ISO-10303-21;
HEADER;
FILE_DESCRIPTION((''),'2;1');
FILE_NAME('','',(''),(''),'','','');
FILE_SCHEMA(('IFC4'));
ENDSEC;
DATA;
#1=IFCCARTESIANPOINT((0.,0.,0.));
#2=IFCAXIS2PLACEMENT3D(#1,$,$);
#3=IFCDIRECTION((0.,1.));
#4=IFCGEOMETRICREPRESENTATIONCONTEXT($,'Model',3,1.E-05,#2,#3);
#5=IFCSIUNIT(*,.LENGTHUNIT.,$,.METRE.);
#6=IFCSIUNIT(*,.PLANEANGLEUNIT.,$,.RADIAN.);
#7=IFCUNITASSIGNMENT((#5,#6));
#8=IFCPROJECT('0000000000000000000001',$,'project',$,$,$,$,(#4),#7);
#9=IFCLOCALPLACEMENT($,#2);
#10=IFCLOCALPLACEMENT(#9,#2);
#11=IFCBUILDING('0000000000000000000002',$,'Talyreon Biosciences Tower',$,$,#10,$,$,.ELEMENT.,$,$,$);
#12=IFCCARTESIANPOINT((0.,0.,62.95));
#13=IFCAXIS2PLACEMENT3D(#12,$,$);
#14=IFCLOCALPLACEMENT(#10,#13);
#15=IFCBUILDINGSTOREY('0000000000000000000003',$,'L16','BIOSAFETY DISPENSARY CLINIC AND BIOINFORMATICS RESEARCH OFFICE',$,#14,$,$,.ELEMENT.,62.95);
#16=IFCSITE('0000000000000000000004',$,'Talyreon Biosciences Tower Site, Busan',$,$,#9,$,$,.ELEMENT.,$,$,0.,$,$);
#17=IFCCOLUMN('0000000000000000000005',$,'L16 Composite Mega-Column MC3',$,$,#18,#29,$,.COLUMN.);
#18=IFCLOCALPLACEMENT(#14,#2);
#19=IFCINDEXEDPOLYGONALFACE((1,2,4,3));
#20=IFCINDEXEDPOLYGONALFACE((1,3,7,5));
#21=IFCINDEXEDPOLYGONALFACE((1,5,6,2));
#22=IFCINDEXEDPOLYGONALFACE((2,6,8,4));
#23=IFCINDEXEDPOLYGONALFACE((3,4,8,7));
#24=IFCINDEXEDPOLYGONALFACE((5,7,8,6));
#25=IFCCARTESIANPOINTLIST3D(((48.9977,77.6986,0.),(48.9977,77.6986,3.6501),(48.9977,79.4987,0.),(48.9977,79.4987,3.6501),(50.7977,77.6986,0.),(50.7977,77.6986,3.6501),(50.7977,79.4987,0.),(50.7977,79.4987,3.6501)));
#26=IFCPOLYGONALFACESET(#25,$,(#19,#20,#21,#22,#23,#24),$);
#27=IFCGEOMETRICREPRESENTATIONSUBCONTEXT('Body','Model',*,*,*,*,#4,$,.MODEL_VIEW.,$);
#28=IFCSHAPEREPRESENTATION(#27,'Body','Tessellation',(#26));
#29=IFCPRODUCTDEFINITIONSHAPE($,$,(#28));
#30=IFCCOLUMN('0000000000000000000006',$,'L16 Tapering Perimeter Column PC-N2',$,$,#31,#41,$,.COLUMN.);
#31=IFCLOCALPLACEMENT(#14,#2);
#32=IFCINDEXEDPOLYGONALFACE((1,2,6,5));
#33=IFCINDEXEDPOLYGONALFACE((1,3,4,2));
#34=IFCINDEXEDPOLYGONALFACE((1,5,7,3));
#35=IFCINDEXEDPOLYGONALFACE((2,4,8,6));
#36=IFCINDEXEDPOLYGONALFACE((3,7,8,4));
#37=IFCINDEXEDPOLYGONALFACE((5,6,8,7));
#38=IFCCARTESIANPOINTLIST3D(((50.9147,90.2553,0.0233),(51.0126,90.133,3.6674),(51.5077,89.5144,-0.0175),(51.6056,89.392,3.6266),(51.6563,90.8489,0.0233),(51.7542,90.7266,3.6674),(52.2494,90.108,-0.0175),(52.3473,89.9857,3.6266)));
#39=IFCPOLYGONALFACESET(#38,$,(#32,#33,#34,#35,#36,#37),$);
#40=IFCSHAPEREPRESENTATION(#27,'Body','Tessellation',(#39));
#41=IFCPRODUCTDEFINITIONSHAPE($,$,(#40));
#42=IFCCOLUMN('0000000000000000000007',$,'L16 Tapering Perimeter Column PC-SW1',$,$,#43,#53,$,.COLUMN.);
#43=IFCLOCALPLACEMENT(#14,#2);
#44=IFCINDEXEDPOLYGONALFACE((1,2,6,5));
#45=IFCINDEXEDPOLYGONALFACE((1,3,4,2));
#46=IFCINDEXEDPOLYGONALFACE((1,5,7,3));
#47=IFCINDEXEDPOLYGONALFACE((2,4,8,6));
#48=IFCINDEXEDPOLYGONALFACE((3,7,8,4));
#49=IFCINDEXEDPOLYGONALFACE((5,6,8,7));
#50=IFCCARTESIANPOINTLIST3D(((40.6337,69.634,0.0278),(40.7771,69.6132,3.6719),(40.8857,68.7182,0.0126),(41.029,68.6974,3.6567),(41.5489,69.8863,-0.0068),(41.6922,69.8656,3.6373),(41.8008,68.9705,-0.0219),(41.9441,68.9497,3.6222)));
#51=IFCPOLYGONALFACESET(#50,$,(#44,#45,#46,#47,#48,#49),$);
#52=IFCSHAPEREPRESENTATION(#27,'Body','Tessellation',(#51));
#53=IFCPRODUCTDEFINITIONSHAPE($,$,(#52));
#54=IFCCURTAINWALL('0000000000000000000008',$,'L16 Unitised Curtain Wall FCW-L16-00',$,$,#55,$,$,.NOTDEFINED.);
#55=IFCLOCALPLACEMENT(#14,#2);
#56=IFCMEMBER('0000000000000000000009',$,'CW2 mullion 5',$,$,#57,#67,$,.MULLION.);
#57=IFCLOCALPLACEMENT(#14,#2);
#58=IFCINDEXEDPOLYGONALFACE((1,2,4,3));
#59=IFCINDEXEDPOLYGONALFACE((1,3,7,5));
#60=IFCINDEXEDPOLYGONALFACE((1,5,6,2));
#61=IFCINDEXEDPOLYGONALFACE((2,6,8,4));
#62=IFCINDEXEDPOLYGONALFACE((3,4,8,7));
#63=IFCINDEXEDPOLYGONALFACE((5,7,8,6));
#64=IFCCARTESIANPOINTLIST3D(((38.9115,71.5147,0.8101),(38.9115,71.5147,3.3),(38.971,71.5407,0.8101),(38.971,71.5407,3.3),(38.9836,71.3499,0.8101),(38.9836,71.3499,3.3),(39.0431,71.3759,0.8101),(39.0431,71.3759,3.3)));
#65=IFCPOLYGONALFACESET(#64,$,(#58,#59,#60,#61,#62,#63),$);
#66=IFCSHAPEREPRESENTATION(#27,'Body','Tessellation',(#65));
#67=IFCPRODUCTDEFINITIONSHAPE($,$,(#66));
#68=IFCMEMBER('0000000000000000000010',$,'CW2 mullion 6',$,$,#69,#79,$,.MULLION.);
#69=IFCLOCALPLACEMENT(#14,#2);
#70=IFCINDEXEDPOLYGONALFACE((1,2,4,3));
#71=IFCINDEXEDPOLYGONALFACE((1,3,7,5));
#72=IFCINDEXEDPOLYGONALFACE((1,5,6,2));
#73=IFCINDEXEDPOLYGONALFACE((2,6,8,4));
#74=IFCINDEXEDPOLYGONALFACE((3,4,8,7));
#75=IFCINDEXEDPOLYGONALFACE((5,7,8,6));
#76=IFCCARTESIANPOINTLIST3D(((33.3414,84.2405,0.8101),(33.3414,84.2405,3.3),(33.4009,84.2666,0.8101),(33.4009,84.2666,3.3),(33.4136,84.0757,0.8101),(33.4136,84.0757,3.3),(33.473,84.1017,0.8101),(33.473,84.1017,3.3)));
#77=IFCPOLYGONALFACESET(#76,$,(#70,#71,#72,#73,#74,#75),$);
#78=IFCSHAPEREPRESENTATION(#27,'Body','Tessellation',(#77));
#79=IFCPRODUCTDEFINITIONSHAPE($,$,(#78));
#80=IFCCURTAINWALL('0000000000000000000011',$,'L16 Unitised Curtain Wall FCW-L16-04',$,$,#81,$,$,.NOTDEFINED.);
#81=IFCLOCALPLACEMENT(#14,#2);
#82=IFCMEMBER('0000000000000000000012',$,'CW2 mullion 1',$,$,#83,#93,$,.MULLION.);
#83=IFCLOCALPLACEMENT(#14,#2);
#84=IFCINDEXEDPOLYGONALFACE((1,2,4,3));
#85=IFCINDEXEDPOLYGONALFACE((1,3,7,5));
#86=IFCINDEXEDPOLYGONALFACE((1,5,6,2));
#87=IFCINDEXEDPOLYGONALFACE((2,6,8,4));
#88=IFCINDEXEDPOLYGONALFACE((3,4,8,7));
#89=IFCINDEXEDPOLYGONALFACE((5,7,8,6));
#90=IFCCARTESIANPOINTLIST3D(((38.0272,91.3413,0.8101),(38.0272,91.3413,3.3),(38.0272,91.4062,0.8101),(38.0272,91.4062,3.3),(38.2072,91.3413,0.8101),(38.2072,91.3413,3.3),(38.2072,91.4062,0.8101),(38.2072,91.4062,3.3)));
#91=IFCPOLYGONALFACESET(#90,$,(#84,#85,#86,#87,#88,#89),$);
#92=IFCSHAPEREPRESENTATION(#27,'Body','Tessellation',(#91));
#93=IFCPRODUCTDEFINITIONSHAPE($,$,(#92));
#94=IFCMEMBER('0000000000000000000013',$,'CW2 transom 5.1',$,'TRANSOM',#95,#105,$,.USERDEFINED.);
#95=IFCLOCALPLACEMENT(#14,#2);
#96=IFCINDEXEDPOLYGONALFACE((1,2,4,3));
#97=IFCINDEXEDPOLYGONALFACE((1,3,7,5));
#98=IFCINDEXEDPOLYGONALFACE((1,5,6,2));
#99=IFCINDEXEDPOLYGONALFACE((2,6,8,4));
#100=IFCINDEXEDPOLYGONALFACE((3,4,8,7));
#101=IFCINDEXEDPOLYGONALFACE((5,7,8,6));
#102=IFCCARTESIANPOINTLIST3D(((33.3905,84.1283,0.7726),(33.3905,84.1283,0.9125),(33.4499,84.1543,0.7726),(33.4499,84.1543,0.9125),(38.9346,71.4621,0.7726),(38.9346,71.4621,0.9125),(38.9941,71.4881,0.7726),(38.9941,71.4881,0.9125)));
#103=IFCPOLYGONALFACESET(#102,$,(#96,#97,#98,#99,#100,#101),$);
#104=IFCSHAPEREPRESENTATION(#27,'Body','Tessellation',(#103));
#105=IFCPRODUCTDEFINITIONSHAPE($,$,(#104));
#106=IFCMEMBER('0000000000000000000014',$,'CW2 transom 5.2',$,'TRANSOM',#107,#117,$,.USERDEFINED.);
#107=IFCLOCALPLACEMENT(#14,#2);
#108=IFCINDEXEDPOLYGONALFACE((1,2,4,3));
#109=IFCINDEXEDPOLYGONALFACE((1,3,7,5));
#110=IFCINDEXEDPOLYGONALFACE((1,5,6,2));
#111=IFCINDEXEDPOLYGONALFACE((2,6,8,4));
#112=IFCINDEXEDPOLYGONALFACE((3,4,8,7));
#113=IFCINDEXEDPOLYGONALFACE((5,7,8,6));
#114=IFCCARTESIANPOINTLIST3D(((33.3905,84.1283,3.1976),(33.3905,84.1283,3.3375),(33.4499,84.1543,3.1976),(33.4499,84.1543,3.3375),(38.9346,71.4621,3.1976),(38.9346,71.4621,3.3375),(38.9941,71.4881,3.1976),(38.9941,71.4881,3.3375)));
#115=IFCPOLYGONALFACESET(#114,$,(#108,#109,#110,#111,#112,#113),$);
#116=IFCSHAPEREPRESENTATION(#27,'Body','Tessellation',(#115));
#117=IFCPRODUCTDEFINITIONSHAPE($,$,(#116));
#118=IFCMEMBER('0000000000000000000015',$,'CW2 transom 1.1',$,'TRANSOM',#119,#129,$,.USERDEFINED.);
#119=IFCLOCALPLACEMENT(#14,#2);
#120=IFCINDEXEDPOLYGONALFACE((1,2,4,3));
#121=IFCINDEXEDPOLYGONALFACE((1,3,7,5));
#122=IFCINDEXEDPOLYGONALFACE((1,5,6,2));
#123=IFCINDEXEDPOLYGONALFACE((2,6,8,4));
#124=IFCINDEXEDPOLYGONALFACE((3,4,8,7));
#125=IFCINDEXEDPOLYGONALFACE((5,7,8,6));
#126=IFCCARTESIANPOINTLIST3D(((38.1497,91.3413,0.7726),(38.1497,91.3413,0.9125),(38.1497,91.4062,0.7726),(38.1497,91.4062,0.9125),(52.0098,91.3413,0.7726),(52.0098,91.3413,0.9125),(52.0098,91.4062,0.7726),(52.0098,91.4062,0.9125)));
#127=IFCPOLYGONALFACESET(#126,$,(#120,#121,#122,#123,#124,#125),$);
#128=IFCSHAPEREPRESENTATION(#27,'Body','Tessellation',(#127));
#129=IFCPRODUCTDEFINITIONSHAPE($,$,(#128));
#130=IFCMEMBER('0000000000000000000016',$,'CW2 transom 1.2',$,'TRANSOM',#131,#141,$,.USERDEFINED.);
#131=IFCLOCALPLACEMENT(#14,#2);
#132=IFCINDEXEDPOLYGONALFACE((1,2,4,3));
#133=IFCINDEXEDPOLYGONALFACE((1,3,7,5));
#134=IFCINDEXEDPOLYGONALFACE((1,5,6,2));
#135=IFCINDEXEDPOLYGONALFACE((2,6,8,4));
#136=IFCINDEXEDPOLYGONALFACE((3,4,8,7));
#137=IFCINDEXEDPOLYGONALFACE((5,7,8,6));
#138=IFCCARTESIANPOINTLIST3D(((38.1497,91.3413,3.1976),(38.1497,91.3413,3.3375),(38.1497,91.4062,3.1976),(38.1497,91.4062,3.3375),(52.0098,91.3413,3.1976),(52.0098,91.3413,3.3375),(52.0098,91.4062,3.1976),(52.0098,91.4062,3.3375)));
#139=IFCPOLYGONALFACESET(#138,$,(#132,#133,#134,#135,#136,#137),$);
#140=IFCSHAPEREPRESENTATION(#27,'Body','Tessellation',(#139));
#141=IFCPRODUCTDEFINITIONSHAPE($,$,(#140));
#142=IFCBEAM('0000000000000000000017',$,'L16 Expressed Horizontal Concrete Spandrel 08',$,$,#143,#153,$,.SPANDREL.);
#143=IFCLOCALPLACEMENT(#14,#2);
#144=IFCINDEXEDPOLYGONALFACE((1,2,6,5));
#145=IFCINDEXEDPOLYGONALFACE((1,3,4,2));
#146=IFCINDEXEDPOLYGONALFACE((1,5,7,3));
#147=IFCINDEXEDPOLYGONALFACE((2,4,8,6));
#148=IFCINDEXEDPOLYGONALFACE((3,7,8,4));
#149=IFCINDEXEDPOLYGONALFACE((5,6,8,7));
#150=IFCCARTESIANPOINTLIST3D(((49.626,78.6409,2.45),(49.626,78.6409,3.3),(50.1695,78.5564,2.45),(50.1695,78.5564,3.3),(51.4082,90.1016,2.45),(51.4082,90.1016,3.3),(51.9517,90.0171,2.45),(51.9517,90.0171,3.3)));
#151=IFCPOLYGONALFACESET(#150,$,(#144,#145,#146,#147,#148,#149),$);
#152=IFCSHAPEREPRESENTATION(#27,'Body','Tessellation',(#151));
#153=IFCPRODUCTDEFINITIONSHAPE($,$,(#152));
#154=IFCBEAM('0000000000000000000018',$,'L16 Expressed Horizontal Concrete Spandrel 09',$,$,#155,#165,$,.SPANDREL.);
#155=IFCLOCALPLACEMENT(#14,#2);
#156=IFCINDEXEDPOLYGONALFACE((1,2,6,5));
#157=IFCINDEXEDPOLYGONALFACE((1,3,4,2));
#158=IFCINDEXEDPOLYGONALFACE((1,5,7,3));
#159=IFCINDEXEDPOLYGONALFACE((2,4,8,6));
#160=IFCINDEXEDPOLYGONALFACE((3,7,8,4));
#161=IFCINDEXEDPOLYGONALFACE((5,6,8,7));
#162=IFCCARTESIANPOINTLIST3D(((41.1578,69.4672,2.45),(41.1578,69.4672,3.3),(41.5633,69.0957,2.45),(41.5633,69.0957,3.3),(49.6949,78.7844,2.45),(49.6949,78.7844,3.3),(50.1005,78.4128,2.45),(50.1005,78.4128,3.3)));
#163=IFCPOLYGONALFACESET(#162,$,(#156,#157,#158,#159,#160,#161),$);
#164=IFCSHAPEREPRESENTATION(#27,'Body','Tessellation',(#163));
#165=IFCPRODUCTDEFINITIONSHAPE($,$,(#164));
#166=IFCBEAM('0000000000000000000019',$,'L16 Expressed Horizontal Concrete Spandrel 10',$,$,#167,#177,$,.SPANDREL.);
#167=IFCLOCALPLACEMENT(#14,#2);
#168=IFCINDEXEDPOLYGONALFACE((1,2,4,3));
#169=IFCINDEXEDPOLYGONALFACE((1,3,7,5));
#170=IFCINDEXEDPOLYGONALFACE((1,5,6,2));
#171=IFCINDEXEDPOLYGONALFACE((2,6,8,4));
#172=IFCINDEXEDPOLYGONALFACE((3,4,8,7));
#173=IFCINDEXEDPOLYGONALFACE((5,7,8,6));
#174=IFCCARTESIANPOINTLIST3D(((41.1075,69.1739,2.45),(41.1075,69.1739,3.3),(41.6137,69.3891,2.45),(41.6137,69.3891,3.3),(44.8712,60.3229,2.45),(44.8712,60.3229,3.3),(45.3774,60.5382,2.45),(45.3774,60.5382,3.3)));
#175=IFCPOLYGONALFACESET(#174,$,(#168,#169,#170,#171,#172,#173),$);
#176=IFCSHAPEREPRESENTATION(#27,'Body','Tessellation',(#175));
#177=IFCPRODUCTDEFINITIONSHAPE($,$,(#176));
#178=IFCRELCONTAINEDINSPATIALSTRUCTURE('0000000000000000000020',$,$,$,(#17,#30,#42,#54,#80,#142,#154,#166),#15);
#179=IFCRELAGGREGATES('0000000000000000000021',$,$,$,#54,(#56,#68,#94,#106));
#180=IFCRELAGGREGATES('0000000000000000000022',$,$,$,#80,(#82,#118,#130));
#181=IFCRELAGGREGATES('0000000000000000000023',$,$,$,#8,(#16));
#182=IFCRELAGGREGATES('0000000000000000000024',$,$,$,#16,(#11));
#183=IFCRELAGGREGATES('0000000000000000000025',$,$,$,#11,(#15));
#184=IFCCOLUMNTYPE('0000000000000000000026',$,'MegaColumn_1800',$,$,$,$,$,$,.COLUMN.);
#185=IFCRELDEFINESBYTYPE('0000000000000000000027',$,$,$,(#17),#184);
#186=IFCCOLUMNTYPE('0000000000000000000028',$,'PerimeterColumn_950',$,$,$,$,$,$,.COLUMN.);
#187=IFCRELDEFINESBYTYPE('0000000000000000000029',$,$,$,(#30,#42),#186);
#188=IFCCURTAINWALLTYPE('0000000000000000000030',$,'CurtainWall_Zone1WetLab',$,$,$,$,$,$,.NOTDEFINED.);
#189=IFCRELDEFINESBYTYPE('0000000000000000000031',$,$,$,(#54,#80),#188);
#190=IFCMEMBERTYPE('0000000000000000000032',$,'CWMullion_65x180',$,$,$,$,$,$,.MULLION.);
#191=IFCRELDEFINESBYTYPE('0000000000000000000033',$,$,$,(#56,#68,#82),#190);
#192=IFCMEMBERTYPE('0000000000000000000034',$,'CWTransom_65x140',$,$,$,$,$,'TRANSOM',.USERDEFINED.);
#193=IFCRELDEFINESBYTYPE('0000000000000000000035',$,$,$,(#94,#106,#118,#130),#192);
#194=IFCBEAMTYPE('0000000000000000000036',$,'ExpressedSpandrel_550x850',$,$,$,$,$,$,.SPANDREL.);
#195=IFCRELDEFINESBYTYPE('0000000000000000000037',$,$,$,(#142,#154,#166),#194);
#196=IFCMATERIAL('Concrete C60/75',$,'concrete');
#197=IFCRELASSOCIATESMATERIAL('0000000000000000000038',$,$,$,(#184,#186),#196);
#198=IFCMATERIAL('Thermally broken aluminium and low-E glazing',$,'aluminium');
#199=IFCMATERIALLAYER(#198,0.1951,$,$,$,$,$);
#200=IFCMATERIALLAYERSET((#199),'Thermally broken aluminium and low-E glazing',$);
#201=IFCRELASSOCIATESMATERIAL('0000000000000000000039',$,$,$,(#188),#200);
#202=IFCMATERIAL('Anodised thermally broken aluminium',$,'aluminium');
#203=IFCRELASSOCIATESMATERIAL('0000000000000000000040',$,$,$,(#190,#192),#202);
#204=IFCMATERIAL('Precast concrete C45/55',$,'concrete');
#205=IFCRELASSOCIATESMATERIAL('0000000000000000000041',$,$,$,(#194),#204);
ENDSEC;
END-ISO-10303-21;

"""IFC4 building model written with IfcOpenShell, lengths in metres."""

from ifc_helpers import new_model, si_unit, direction, frame, origin, origin_2d, place, context, subcontext, project, spatial, rectangle, extrude, material, layer, layer_set, material_profile, profile_set, type_object, element, aggregate, save


model = new_model("IFC4")

# Units and contexts
model_context = context("Model", 3, precision=1e-05, world=origin(), true_north=direction((0.0, 1.0)))
body_context = subcontext(model_context, "Body", "Model", "MODEL_VIEW")
ifc_project = project(units=[si_unit("LENGTHUNIT", "METRE"), si_unit("PLANEANGLEUNIT", "RADIAN")], contexts=[model_context])

# Site, building, storey
site_placement = place(None, origin())
site = spatial("IfcSite", under=ifc_project, at=site_placement, Name="Talyreon Biosciences Tower Site, Busan", CompositionType="ELEMENT", RefElevation=0.0)
building_placement = place(site_placement, origin())
building = spatial("IfcBuilding", under=site, at=building_placement, Name="Talyreon Biosciences Tower", CompositionType="ELEMENT")
storey_placement = place(building_placement, frame((0.0, 0.0, 62.95)))
storey = spatial("IfcBuildingStorey", under=building, at=storey_placement, Name="L16", Description="BIOSAFETY DISPENSARY CLINIC AND BIOINFORMATICS RESEARCH OFFICE", CompositionType="ELEMENT", Elevation=62.95)

# Columns
ifc_material_1 = material(Name="Concrete C60/75", Category="concrete")
ifc_material_profile_1 = material_profile(ifc_material_1, rectangle(XDim=1.8, YDim=1.8, at=origin_2d()), Name="RC 1800x1800")
ifc_profile_set_1 = profile_set([ifc_material_profile_1], Name="Concrete C60/75")
column_type_1 = type_object("IfcColumnType", Name="MegaColumn_1800", PredefinedType="COLUMN", material=ifc_profile_set_1)
column_1_placement = place(storey_placement, frame((49.8977, 78.5986, 0.0), z_axis=(0.0, 0.0, 1.0), x_axis=(1.0, 0.0, 0.0)))
element("IfcColumn", 1, at=column_1_placement, inside=storey, type_object=column_type_1, Name="L16 Composite Mega-Column MC3", PredefinedType="COLUMN", context=body_context, shape_type="SweptSolid", body=[
    extrude(rectangle(XDim=1.8, YDim=1.8, at=origin_2d()), origin(), (0.0, 0.0, 1.0), 3.6501),
])
ifc_material_profile_2 = material_profile(ifc_material_1, rectangle(XDim=0.95, YDim=0.95, at=origin_2d()), Name="RC 950x950")
ifc_profile_set_2 = profile_set([ifc_material_profile_2], Name="Concrete C60/75")
column_type_2 = type_object("IfcColumnType", Name="PerimeterColumn_950", PredefinedType="COLUMN", material=ifc_profile_set_2)
column_2_placement = place(storey_placement, frame((51.582, 90.1816, 0.0029), z_axis=(0.026841, -0.033535, 0.999077), x_axis=(-0.780717, -0.624885, 0.0)))
element("IfcColumn", 2, at=column_2_placement, inside=storey, type_object=column_type_2, Name="L16 Tapering Perimeter Column PC-N2", PredefinedType="COLUMN", context=body_context, shape_type="SweptSolid", body=[
    extrude(rectangle(XDim=0.95, YDim=0.95, at=origin_2d()), origin(), (0.0, 0.0, 1.0), 3.6475),
])
column_3_placement = place(storey_placement, frame((41.2173, 69.3022, 0.0029), z_axis=(0.039296, -0.00569, 0.999211), x_axis=(0.963396, 0.265603, -0.036375)))
element("IfcColumn", 3, at=column_3_placement, inside=storey, type_object=column_type_2, Name="L16 Tapering Perimeter Column PC-SW1", PredefinedType="COLUMN", context=body_context, shape_type="SweptSolid", body=[
    extrude(rectangle(XDim=0.95, YDim=0.95, at=origin_2d()), origin(), (0.0, 0.0, 1.0), 3.647),
])

# Curtain wall, members
ifc_material_2 = material(Name="Thermally broken aluminium and low-E glazing", Category="aluminium")
ifc_layer_1 = layer(ifc_material_2, 0.1951)
ifc_layer_set_1 = layer_set([ifc_layer_1], Name="Thermally broken aluminium and low-E glazing")
curtain_wall_type = type_object("IfcCurtainWallType", Name="CurtainWall_Zone1WetLab", PredefinedType="NOTDEFINED", material=ifc_layer_set_1)
curtain_wall_1_placement = place(storey_placement, origin())
curtain_wall_1 = element("IfcCurtainWall", 4, at=curtain_wall_1_placement, inside=storey, type_object=curtain_wall_type, Name="L16 Unitised Curtain Wall FCW-L16-00", PredefinedType="NOTDEFINED")
ifc_material_3 = material(Name="Anodised thermally broken aluminium", Category="aluminium")
ifc_material_profile_3 = material_profile(ifc_material_3, rectangle(XDim=0.0649, YDim=0.1799, at=origin_2d()), Name="ALUM MULLION 65x180")
ifc_profile_set_3 = profile_set([ifc_material_profile_3], Name="Anodised thermally broken aluminium")
member_type_1 = type_object("IfcMemberType", Name="CWMullion_65x180", PredefinedType="MULLION", material=ifc_profile_set_3)
member_1_placement = place(storey_placement, frame((38.9773, 71.4453, 0.8101), z_axis=(0.0, 0.0, 1.0), x_axis=(-0.916092, -0.400968, 0.0)))
member_1 = element("IfcMember", 5, at=member_1_placement, type_object=member_type_1, Name="CW2 mullion 5", PredefinedType="MULLION", context=body_context, shape_type="SweptSolid", body=[
    extrude(rectangle(XDim=0.0649, YDim=0.1799, at=origin_2d()), origin(), (0.0, 0.0, 1.0), 2.49),
])
member_2_placement = place(storey_placement, frame((33.4072, 84.1711, 0.8101), z_axis=(0.0, 0.0, 1.0), x_axis=(-0.916092, -0.400968, 0.0)))
member_2 = element("IfcMember", 6, at=member_2_placement, type_object=member_type_1, Name="CW2 mullion 6", PredefinedType="MULLION", context=body_context, shape_type="SweptSolid", body=[
    extrude(rectangle(XDim=0.0649, YDim=0.1799, at=origin_2d()), origin(), (0.0, 0.0, 1.0), 2.49),
])

# Curtain wall, member
curtain_wall_2_placement = place(storey_placement, origin())
curtain_wall_2 = element("IfcCurtainWall", 7, at=curtain_wall_2_placement, inside=storey, type_object=curtain_wall_type, Name="L16 Unitised Curtain Wall FCW-L16-04", PredefinedType="NOTDEFINED")
member_3_placement = place(storey_placement, frame((38.1172, 91.3738, 0.8101), z_axis=(0.0, 0.0, 1.0), x_axis=(0.0, 1.0, 0.0)))
member_3 = element("IfcMember", 8, at=member_3_placement, type_object=member_type_1, Name="CW2 mullion 1", PredefinedType="MULLION", context=body_context, shape_type="SweptSolid", body=[
    extrude(rectangle(XDim=0.0649, YDim=0.1799, at=origin_2d()), origin(), (0.0, 0.0, 1.0), 2.49),
])

# Members
ifc_material_profile_4 = material_profile(ifc_material_3, rectangle(XDim=0.0649, YDim=0.1399, at=origin_2d()), Name="ALUM TRANSOM 65x140")
ifc_profile_set_4 = profile_set([ifc_material_profile_4], Name="Anodised thermally broken aluminium")
member_type_2 = type_object("IfcMemberType", Name="CWTransom_65x140", ElementType="TRANSOM", PredefinedType="USERDEFINED", material=ifc_profile_set_4)
member_4_placement = place(storey_placement, frame((38.9644, 71.4751, 0.8425), z_axis=(-0.400983, 0.916086, 0.0), x_axis=(-0.916086, -0.400983, 0.0)))
member_4 = element("IfcMember", 9, at=member_4_placement, type_object=member_type_2, Name="CW2 transom 5.1", ObjectType="TRANSOM", PredefinedType="USERDEFINED", context=body_context, shape_type="SweptSolid", body=[
    extrude(rectangle(XDim=0.0649, YDim=0.1399, at=origin_2d()), origin(), (0.0, 0.0, 1.0), 13.8264),
])
member_5_placement = place(storey_placement, frame((38.9644, 71.4751, 3.2676), z_axis=(-0.400983, 0.916086, 0.0), x_axis=(-0.916086, -0.400983, 0.0)))
member_5 = element("IfcMember", 10, at=member_5_placement, type_object=member_type_2, Name="CW2 transom 5.2", ObjectType="TRANSOM", PredefinedType="USERDEFINED", context=body_context, shape_type="SweptSolid", body=[
    extrude(rectangle(XDim=0.0649, YDim=0.1399, at=origin_2d()), origin(), (0.0, 0.0, 1.0), 13.8264),
])
member_6_placement = place(storey_placement, frame((38.1497, 91.3738, 0.8425), z_axis=(1.0, 0.0, 0.0), x_axis=(0.0, 1.0, 0.0)))
member_6 = element("IfcMember", 11, at=member_6_placement, type_object=member_type_2, Name="CW2 transom 1.1", ObjectType="TRANSOM", PredefinedType="USERDEFINED", context=body_context, shape_type="SweptSolid", body=[
    extrude(rectangle(XDim=0.0649, YDim=0.1399, at=origin_2d()), origin(), (0.0, 0.0, 1.0), 13.8601),
])
member_7_placement = place(storey_placement, frame((38.1497, 91.3738, 3.2676), z_axis=(1.0, 0.0, 0.0), x_axis=(0.0, 1.0, 0.0)))
member_7 = element("IfcMember", 12, at=member_7_placement, type_object=member_type_2, Name="CW2 transom 1.2", ObjectType="TRANSOM", PredefinedType="USERDEFINED", context=body_context, shape_type="SweptSolid", body=[
    extrude(rectangle(XDim=0.0649, YDim=0.1399, at=origin_2d()), origin(), (0.0, 0.0, 1.0), 13.8601),
])

# Beams
ifc_material_4 = material(Name="Precast concrete C45/55", Category="concrete")
ifc_material_profile_5 = material_profile(ifc_material_4, rectangle(XDim=0.55, YDim=0.8501, at=origin_2d()), Name="RCB 550x850")
ifc_profile_set_5 = profile_set([ifc_material_profile_5], Name="Precast concrete C45/55")
beam_type_1 = type_object("IfcBeamType", Name="ExpressedSpandrel_550x850", PredefinedType="SPANDREL", material=ifc_profile_set_5)
beam_1_placement = place(storey_placement, frame((51.6799, 90.0593, 2.875), z_axis=(-0.153661, -0.988124, 0.0), x_axis=(0.988124, -0.153661, 0.0)))
element("IfcBeam", 13, at=beam_1_placement, inside=storey, type_object=beam_type_1, Name="L16 Expressed Horizontal Concrete Spandrel 08", PredefinedType="SPANDREL", context=body_context, shape_type="SweptSolid", body=[
    extrude(rectangle(XDim=0.55, YDim=0.8501, at=origin_2d()), origin(), (0.0, 0.0, 1.0), 11.5984),
])
beam_2_placement = place(storey_placement, frame((49.8977, 78.5986, 2.875), z_axis=(-0.67557, -0.737296, 0.0), x_axis=(0.737296, -0.67557, 0.0)))
element("IfcBeam", 14, at=beam_2_placement, inside=storey, type_object=beam_type_1, Name="L16 Expressed Horizontal Concrete Spandrel 09", PredefinedType="SPANDREL", context=body_context, shape_type="SweptSolid", body=[
    extrude(rectangle(XDim=0.55, YDim=0.8501, at=origin_2d()), origin(), (0.0, 0.0, 1.0), 12.637),
])
beam_3_placement = place(storey_placement, frame((41.3606, 69.2815, 2.875), z_axis=(0.391323, -0.920253, 0.0), x_axis=(0.920253, 0.391323, 0.0)))
element("IfcBeam", 15, at=beam_3_placement, inside=storey, type_object=beam_type_1, Name="L16 Expressed Horizontal Concrete Spandrel 10", PredefinedType="SPANDREL", context=body_context, shape_type="SweptSolid", body=[
    extrude(rectangle(XDim=0.55, YDim=0.8501, at=origin_2d()), origin(), (0.0, 0.0, 1.0), 9.6179),
])

aggregate(curtain_wall_1, [member_1, member_2, member_4, member_5])
aggregate(curtain_wall_2, [member_3, member_6, member_7])

save(model, "model.ifc")
